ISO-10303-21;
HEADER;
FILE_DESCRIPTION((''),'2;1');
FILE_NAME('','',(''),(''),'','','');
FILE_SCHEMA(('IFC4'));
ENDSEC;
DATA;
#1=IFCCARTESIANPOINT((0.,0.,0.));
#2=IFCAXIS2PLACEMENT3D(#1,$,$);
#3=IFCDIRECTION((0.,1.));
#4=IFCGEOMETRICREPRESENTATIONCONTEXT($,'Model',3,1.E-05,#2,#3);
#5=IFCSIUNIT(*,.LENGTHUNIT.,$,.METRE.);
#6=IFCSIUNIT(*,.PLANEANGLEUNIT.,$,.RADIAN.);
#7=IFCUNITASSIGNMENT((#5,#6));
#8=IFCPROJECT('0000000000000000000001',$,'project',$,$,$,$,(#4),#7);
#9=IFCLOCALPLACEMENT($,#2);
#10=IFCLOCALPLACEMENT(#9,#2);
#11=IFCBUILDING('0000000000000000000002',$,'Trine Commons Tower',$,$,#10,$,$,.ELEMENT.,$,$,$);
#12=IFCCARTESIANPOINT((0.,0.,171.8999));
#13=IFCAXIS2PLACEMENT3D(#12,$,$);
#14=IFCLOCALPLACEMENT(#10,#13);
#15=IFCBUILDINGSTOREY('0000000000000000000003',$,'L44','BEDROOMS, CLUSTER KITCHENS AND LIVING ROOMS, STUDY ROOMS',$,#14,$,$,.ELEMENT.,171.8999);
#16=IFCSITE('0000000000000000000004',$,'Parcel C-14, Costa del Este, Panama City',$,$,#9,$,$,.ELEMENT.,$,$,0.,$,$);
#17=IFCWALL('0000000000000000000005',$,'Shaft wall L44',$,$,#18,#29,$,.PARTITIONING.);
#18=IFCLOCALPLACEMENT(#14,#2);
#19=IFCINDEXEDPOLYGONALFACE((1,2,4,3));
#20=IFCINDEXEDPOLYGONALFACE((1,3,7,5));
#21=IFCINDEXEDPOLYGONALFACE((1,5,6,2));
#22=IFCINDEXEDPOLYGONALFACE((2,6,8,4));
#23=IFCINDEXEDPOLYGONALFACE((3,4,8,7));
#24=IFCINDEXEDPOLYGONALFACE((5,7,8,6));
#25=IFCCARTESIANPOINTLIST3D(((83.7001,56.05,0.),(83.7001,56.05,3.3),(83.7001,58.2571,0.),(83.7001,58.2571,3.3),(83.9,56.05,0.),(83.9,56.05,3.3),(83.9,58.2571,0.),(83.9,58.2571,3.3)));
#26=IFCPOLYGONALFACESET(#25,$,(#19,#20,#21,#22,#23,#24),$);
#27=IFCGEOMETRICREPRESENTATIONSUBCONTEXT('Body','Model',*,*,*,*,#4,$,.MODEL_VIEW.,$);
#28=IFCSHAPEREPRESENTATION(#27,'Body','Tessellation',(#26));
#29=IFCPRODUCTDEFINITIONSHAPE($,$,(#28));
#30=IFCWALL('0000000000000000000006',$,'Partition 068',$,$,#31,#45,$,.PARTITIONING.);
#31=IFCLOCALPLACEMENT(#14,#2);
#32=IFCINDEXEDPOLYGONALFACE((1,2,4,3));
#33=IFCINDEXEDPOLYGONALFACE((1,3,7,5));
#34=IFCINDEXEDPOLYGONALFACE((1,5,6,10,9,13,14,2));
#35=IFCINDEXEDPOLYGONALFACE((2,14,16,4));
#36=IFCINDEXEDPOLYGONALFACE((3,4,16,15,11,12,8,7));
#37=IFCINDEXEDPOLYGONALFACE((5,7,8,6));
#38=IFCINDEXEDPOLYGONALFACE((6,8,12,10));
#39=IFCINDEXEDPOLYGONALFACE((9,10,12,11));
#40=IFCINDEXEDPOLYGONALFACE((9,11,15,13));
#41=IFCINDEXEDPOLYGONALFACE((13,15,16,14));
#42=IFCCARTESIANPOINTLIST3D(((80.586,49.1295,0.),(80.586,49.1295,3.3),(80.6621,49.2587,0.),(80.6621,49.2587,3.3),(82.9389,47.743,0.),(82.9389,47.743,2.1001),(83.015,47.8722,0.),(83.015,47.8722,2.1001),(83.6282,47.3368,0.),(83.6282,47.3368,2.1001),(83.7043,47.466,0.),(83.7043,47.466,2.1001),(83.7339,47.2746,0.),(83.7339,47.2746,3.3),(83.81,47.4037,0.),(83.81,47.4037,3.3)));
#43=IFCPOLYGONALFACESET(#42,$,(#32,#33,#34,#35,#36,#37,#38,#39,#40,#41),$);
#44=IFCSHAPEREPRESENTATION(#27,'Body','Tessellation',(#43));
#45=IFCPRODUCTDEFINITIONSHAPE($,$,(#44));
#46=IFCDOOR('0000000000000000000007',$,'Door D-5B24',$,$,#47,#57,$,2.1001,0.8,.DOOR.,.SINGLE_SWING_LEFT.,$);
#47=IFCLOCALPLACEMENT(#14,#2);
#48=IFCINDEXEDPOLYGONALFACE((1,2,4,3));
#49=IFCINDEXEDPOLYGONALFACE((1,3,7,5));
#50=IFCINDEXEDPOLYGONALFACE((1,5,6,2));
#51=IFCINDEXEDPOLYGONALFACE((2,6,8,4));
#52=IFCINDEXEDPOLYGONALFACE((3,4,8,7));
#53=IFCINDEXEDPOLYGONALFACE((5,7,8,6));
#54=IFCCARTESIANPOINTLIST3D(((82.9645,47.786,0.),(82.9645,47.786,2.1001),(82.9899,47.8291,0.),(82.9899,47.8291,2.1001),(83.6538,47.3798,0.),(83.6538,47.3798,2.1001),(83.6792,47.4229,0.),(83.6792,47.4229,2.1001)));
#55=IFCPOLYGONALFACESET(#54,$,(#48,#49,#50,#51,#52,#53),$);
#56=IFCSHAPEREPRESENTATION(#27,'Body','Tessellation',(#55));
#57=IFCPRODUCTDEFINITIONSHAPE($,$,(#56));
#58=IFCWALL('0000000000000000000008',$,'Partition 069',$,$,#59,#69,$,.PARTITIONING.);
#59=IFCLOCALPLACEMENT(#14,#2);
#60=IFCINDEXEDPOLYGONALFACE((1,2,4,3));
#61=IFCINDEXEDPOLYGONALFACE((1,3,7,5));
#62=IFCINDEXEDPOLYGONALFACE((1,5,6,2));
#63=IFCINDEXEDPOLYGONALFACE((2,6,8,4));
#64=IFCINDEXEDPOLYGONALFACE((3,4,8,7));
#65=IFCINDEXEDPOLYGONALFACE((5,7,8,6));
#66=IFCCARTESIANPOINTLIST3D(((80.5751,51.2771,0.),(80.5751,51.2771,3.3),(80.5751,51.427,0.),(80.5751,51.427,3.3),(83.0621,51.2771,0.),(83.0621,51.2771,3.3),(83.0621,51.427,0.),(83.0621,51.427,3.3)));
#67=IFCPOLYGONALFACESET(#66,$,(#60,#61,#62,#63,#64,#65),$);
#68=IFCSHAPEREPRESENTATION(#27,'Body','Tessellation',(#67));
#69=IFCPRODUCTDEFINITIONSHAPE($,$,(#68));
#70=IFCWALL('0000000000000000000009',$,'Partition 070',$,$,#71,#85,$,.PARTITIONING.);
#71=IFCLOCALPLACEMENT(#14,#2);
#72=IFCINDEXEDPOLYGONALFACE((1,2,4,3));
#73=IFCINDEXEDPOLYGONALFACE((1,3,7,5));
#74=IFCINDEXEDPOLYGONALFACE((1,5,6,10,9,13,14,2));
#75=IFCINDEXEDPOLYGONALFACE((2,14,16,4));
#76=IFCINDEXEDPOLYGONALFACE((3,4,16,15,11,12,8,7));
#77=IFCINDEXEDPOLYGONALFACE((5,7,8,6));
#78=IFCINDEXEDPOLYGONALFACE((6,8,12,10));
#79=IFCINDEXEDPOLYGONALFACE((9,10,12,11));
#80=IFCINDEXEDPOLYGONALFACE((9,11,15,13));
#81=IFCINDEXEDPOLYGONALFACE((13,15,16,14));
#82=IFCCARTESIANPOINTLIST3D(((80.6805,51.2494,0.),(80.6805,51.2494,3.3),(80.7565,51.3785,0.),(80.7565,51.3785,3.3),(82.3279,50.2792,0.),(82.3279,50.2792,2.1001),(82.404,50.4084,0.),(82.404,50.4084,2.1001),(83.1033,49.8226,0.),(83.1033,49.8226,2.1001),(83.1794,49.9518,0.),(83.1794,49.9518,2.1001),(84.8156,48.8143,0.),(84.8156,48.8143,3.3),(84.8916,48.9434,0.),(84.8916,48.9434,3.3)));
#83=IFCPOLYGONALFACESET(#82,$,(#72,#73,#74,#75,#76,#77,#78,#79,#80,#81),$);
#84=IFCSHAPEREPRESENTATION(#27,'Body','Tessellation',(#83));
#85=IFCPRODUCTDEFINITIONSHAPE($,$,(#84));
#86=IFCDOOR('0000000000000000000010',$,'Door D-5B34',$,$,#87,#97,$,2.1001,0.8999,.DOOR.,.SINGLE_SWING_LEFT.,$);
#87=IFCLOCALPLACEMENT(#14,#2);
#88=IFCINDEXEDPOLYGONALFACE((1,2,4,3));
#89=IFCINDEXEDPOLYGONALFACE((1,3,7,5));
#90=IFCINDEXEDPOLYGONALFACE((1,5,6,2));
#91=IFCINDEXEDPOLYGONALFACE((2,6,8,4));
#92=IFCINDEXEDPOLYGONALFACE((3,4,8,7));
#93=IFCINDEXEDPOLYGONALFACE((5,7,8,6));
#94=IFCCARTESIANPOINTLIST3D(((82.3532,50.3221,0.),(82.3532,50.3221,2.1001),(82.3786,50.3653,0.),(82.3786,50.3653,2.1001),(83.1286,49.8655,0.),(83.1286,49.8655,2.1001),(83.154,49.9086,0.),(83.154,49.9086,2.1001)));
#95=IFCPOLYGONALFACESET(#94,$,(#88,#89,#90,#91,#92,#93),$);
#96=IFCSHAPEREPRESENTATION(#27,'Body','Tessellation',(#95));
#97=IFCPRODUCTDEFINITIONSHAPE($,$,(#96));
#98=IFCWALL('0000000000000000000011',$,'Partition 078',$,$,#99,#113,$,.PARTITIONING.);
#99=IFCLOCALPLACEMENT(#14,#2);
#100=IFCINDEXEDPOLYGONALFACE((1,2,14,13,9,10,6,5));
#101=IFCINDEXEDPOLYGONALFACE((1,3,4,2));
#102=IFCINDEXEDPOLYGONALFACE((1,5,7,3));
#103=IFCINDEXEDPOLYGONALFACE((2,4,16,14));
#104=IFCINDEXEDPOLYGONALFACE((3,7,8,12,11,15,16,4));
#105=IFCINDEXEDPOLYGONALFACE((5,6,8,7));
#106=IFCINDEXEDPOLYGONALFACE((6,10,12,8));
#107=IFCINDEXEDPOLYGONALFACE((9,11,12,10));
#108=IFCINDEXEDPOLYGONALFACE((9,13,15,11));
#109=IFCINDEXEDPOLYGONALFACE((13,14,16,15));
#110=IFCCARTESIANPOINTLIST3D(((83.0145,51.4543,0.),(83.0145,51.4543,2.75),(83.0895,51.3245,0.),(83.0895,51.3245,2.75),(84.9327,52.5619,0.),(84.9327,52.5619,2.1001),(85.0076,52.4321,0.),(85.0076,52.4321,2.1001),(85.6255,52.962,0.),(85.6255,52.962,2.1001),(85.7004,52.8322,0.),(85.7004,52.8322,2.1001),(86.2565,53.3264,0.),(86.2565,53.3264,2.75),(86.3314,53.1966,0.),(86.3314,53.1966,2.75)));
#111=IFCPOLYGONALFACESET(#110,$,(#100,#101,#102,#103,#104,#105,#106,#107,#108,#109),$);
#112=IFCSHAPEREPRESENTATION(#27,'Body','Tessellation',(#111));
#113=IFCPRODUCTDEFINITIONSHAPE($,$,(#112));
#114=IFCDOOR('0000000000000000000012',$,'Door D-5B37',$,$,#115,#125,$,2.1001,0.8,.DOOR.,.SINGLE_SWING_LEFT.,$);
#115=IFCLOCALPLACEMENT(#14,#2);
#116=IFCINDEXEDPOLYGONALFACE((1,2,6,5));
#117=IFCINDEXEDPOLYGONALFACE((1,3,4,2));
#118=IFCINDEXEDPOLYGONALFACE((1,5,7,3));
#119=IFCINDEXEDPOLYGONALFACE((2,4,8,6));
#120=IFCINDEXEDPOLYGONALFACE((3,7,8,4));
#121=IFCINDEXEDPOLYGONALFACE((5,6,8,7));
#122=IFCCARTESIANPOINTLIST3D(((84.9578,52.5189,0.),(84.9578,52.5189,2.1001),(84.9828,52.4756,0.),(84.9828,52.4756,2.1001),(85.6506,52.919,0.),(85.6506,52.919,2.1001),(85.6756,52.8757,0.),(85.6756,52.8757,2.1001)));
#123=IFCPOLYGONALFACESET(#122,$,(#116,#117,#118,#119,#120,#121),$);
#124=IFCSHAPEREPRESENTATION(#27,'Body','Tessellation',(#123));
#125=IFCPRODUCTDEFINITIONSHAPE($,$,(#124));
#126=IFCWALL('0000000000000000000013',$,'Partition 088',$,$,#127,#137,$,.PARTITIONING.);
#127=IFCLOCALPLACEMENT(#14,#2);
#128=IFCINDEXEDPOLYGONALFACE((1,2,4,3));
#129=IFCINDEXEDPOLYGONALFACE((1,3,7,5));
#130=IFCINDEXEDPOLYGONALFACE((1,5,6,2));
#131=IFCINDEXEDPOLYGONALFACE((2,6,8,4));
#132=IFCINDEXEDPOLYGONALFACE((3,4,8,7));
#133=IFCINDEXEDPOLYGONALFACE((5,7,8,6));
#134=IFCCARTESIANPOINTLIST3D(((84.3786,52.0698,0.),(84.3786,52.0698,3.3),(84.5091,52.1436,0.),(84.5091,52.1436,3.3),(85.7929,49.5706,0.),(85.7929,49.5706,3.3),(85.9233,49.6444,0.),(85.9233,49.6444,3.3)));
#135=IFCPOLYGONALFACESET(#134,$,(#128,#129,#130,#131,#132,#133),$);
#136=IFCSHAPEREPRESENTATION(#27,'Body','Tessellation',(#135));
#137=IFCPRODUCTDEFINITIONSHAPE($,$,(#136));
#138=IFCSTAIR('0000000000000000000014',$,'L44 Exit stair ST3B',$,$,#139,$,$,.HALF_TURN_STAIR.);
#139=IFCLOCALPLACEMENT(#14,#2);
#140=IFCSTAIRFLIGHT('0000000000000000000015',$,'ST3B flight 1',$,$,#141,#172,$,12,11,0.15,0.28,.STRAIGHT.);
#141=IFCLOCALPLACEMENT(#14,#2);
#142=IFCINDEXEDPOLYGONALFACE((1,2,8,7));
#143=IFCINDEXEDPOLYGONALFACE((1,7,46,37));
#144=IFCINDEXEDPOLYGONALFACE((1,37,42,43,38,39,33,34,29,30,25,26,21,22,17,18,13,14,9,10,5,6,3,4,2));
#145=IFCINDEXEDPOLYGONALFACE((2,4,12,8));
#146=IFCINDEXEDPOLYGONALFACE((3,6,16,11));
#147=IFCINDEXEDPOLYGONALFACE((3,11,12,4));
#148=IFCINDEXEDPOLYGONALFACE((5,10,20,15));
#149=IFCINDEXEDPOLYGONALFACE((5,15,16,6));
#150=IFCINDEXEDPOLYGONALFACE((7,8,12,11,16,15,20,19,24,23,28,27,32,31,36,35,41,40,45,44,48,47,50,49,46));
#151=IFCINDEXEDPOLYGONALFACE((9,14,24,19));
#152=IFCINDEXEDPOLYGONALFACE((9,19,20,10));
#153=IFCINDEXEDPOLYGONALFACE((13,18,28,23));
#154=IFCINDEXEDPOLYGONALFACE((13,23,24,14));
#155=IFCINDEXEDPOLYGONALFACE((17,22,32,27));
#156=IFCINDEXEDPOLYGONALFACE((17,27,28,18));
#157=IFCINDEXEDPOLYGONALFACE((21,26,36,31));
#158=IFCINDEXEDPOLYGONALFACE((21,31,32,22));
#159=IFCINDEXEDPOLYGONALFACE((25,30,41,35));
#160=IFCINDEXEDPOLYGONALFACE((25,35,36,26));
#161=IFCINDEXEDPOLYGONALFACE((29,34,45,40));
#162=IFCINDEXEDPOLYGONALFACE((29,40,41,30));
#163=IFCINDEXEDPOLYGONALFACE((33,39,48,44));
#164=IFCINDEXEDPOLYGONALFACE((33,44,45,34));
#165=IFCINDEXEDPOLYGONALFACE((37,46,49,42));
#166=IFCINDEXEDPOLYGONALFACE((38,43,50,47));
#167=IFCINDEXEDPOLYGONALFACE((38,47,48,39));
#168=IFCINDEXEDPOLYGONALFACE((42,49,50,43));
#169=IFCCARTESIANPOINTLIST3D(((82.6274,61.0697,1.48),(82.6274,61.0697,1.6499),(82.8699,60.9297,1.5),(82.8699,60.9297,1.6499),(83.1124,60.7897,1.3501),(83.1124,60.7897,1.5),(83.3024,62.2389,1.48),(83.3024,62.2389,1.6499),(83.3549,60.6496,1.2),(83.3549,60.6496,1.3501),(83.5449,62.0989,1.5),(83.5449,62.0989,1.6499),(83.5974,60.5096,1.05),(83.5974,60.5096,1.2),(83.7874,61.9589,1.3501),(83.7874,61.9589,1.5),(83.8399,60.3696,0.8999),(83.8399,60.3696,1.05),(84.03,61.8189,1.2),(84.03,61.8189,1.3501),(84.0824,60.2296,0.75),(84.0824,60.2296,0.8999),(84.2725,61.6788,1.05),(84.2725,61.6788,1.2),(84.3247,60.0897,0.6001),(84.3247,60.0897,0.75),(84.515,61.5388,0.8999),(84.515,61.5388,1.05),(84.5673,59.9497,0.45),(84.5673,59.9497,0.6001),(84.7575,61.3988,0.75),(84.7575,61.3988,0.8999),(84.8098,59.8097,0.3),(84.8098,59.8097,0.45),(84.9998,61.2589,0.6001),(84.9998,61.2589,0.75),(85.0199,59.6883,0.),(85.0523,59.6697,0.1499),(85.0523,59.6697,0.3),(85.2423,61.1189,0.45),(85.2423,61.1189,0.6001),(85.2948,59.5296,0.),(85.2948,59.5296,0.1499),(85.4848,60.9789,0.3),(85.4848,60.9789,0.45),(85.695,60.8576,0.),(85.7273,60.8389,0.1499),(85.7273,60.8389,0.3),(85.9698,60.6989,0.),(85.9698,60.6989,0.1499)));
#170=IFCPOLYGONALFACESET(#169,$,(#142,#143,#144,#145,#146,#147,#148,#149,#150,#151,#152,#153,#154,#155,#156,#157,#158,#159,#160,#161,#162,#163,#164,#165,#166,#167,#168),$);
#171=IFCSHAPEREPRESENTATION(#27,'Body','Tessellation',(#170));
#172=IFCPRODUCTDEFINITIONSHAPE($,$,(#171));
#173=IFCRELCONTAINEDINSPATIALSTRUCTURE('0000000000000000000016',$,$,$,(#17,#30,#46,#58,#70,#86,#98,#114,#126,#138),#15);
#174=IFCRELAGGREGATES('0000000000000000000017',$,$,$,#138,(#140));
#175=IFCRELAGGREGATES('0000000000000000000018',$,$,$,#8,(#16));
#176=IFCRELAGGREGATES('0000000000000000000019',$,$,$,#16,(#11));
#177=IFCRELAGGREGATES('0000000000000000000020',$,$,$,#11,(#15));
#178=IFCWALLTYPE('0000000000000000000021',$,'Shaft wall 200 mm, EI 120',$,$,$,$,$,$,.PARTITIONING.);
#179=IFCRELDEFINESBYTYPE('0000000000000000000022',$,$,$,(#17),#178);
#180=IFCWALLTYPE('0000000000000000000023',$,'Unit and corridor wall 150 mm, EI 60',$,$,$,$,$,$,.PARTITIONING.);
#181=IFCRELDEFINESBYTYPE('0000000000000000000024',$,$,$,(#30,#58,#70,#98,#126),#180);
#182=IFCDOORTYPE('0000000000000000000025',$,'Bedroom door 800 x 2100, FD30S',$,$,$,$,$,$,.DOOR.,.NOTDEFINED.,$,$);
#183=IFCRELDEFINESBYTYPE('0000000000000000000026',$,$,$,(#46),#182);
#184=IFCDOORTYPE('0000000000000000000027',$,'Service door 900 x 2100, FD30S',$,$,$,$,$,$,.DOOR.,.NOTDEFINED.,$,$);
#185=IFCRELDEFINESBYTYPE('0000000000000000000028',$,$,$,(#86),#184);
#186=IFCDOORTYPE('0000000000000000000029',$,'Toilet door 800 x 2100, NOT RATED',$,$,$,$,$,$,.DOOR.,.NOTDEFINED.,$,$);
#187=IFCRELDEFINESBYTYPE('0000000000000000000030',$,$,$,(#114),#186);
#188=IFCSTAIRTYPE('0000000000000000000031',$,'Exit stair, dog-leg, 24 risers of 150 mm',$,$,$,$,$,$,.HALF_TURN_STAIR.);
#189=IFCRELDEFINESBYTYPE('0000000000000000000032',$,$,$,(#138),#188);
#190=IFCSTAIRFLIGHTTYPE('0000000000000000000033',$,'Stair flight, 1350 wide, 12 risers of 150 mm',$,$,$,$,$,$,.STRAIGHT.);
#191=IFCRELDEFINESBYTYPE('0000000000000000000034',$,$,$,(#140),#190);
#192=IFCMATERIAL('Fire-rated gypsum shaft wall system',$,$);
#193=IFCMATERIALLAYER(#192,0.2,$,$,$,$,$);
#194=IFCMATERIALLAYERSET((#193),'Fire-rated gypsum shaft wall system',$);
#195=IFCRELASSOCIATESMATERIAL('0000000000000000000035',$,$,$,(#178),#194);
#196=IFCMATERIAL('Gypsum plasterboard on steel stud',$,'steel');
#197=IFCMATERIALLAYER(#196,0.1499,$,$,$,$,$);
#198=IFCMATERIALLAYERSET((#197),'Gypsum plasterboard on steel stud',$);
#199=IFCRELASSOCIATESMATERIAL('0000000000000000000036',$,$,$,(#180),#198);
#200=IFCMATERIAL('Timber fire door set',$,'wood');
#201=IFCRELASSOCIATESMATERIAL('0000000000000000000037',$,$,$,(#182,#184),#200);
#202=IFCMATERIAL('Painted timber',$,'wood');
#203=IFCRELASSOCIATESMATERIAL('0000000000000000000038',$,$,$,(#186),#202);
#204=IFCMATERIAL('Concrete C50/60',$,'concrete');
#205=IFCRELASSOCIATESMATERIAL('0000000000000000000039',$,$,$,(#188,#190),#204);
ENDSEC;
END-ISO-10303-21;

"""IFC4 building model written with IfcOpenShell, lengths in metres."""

from ifc_helpers import new_model, si_unit, direction, frame, frame_2d, origin, place, context, subcontext, project, spatial, polyline, rectangle, outline, extrude, material, layer, layer_set, type_object, element, fill, aggregate, save


model = new_model("IFC4")

# Units and contexts
model_context = context("Model", 3, precision=1e-05, world=origin(), true_north=direction((0.0, 1.0)))
body_context = subcontext(model_context, "Body", "Model", "MODEL_VIEW")
ifc_project = project(units=[si_unit("LENGTHUNIT", "METRE"), si_unit("PLANEANGLEUNIT", "RADIAN")], contexts=[model_context])

# Site, building, storey
site_placement = place(None, origin())
site = spatial("IfcSite", under=ifc_project, at=site_placement, Name="Parcel C-14, Costa del Este, Panama City", CompositionType="ELEMENT", RefElevation=0.0)
building_placement = place(site_placement, origin())
building = spatial("IfcBuilding", under=site, at=building_placement, Name="Trine Commons Tower", CompositionType="ELEMENT")
storey_placement = place(building_placement, frame((0.0, 0.0, 171.8999)))
storey = spatial("IfcBuildingStorey", under=building, at=storey_placement, Name="L44", Description="BEDROOMS, CLUSTER KITCHENS AND LIVING ROOMS, STUDY ROOMS", CompositionType="ELEMENT", Elevation=171.8999)

# Wall
ifc_material_1 = material(Name="Fire-rated gypsum shaft wall system")
ifc_layer_1 = layer(ifc_material_1, 0.2)
ifc_layer_set_1 = layer_set([ifc_layer_1], Name="Fire-rated gypsum shaft wall system")
wall_type_1 = type_object("IfcWallType", Name="Shaft wall 200 mm, EI 120", PredefinedType="PARTITIONING", material=ifc_layer_set_1)
wall_1_placement = place(storey_placement, frame((83.8, 58.2571, 0.0), z_axis=(0.0, 0.0, 1.0), x_axis=(0.0, -1.0, 0.0)))
element("IfcWall", 1, at=wall_1_placement, inside=storey, type_object=wall_type_1, Name="Shaft wall L44", PredefinedType="PARTITIONING", context=body_context, shape_type="SweptSolid", body=[
    extrude(rectangle(XDim=2.207, YDim=0.2, at=frame_2d((1.1035, 0.0))), origin(), (0.0, 0.0, 1.0), 3.3),
])

# Wall, opening, door
ifc_material_2 = material(Name="Gypsum plasterboard on steel stud", Category="steel")
ifc_layer_2 = layer(ifc_material_2, 0.1499)
ifc_layer_set_2 = layer_set([ifc_layer_2], Name="Gypsum plasterboard on steel stud")
wall_type_2 = type_object("IfcWallType", Name="Unit and corridor wall 150 mm, EI 60", PredefinedType="PARTITIONING", material=ifc_layer_set_2)
wall_2_placement = place(storey_placement, frame((80.624, 49.1941, 0.0), z_axis=(0.0, 0.0, 1.0), x_axis=(0.861546, -0.50768, 0.0)))
wall_2 = element("IfcWall", 2, at=wall_2_placement, inside=storey, type_object=wall_type_2, Name="Partition 068", PredefinedType="PARTITIONING", context=body_context, shape_type="SweptSolid", body=[
    extrude(rectangle(XDim=3.6538, YDim=0.1499, at=frame_2d((1.8269, 0.0))), origin(), (0.0, 0.0, 1.0), 3.3),
])
opening_1_placement = place(wall_2_placement, frame((2.7312, 0.0, 0.0)))
opening_1 = element("IfcOpeningElement", 3, at=opening_1_placement, cuts=wall_2, PredefinedType="OPENING", context=body_context, shape_type="SweptSolid", body=[
    extrude(rectangle(XDim=0.8, YDim=2.1001, at=frame_2d((0.3999, 1.05))), frame((0.0, 0.085, 0.0), z_axis=(0.0, -1.0, 0.0), x_axis=(1.0, 0.0, 0.0)), (0.0, 0.0, 1.0), 0.1699),
])
ifc_material_3 = material(Name="Timber fire door set", Category="wood")
door_type_1 = type_object("IfcDoorType", Name="Bedroom door 800 x 2100, FD30S", OperationType="NOTDEFINED", PredefinedType="DOOR", material=ifc_material_3)
door_1_placement = place(opening_1_placement, frame((0.8, 0.0, 0.0), z_axis=(0.0, 0.0, 1.0), x_axis=(-1.0, 0.0, 0.0)))
door_1 = element("IfcDoor", 4, at=door_1_placement, inside=storey, type_object=door_type_1, Name="Door D-5B24", OperationType="SINGLE_SWING_LEFT", OverallHeight=2.1001, OverallWidth=0.8, PredefinedType="DOOR", context=body_context, shape_type="SweptSolid", body=[
    extrude(rectangle(XDim=0.8, YDim=2.1001, at=frame_2d((0.3999, 1.05))), frame((0.0, 0.0249, 0.0), z_axis=(0.0, -1.0, 0.0), x_axis=(1.0, 0.0, 0.0)), (0.0, 0.0, 1.0), 0.05),
])
fill(opening_1, door_1)

# Wall
wall_3_placement = place(storey_placement, frame((80.575, 51.3521, 0.0), z_axis=(0.0, 0.0, 1.0), x_axis=(1.0, 0.0, 0.0)))
element("IfcWall", 5, at=wall_3_placement, inside=storey, type_object=wall_type_2, Name="Partition 069", PredefinedType="PARTITIONING", context=body_context, shape_type="SweptSolid", body=[
    extrude(rectangle(XDim=2.4871, YDim=0.1499, at=frame_2d((1.2437, 0.0))), origin(), (0.0, 0.0, 1.0), 3.3),
])

# Walls, openings, doors
wall_4_placement = place(storey_placement, frame((80.7185, 51.314, 0.0), z_axis=(0.0, 0.0, 1.0), x_axis=(0.861688, -0.507438, 0.0)))
wall_4 = element("IfcWall", 6, at=wall_4_placement, inside=storey, type_object=wall_type_2, Name="Partition 070", PredefinedType="PARTITIONING", context=body_context, shape_type="SweptSolid", body=[
    extrude(rectangle(XDim=4.7988, YDim=0.1499, at=frame_2d((2.3994, 0.0))), origin(), (0.0, 0.0, 1.0), 3.3),
])
opening_2_placement = place(wall_4_placement, frame((1.9119, 0.0, 0.0)))
opening_2 = element("IfcOpeningElement", 7, at=opening_2_placement, cuts=wall_4, PredefinedType="OPENING", context=body_context, shape_type="SweptSolid", body=[
    extrude(rectangle(XDim=0.8999, YDim=2.1001, at=frame_2d((0.45, 1.05))), frame((0.0, 0.085, 0.0), z_axis=(0.0, -1.0, 0.0), x_axis=(1.0, 0.0, 0.0)), (0.0, 0.0, 1.0), 0.1699),
])
door_type_2 = type_object("IfcDoorType", Name="Service door 900 x 2100, FD30S", OperationType="NOTDEFINED", PredefinedType="DOOR", material=ifc_material_3)
door_2_placement = place(opening_2_placement, origin())
door_2 = element("IfcDoor", 8, at=door_2_placement, inside=storey, type_object=door_type_2, Name="Door D-5B34", OperationType="SINGLE_SWING_LEFT", OverallHeight=2.1001, OverallWidth=0.8999, PredefinedType="DOOR", context=body_context, shape_type="SweptSolid", body=[
    extrude(rectangle(XDim=0.8999, YDim=2.1001, at=frame_2d((0.45, 1.05))), frame((0.0, 0.0249, 0.0), z_axis=(0.0, -1.0, 0.0), x_axis=(1.0, 0.0, 0.0)), (0.0, 0.0, 1.0), 0.05),
])
fill(opening_2, door_2)
wall_5_placement = place(storey_placement, frame((83.052, 51.3894, 0.0), z_axis=(0.0, 0.0, 1.0), x_axis=(0.865987, 0.500067, 0.0)))
wall_5 = element("IfcWall", 9, at=wall_5_placement, inside=storey, type_object=wall_type_2, Name="Partition 078", PredefinedType="PARTITIONING", context=body_context, shape_type="SweptSolid", body=[
    extrude(rectangle(XDim=3.7437, YDim=0.1499, at=frame_2d((1.8718, 0.0))), origin(), (0.0, 0.0, 1.0), 2.75),
])
opening_3_placement = place(wall_5_placement, frame((2.2151, 0.0, 0.0)))
opening_3 = element("IfcOpeningElement", 10, at=opening_3_placement, cuts=wall_5, PredefinedType="OPENING", context=body_context, shape_type="SweptSolid", body=[
    extrude(rectangle(XDim=0.8, YDim=2.1001, at=frame_2d((0.3999, 1.05))), frame((0.0, 0.085, 0.0), z_axis=(0.0, -1.0, 0.0), x_axis=(1.0, 0.0, 0.0)), (0.0, 0.0, 1.0), 0.1699),
])
ifc_material_4 = material(Name="Painted timber", Category="wood")
door_type_3 = type_object("IfcDoorType", Name="Toilet door 800 x 2100, NOT RATED", OperationType="NOTDEFINED", PredefinedType="DOOR", material=ifc_material_4)
door_3_placement = place(opening_3_placement, frame((0.8, 0.0, 0.0), z_axis=(0.0, 0.0, 1.0), x_axis=(-1.0, 0.0, 0.0)))
door_3 = element("IfcDoor", 11, at=door_3_placement, inside=storey, type_object=door_type_3, Name="Door D-5B37", OperationType="SINGLE_SWING_LEFT", OverallHeight=2.1001, OverallWidth=0.8, PredefinedType="DOOR", context=body_context, shape_type="SweptSolid", body=[
    extrude(rectangle(XDim=0.8, YDim=2.1001, at=frame_2d((0.3999, 1.05))), frame((0.0, 0.0249, 0.0), z_axis=(0.0, -1.0, 0.0), x_axis=(1.0, 0.0, 0.0)), (0.0, 0.0, 1.0), 0.05),
])
fill(opening_3, door_3)

# Wall
wall_6_placement = place(storey_placement, frame((84.4438, 52.1067, 0.0), z_axis=(0.0, 0.0, 1.0), x_axis=(0.4925, -0.870313, 0.0)))
element("IfcWall", 12, at=wall_6_placement, inside=storey, type_object=wall_type_2, Name="Partition 088", PredefinedType="PARTITIONING", context=body_context, shape_type="SweptSolid", body=[
    extrude(rectangle(XDim=2.8716, YDim=0.1499, at=frame_2d((1.4358, 0.0))), origin(), (0.0, 0.0, 1.0), 3.3),
])

# Stair, stair flight
ifc_material_5 = material(Name="Concrete C50/60", Category="concrete")
stair_type = type_object("IfcStairType", Name="Exit stair, dog-leg, 24 risers of 150 mm", PredefinedType="HALF_TURN_STAIR", material=ifc_material_5)
stair_placement = place(storey_placement, origin())
stair = element("IfcStair", 13, at=stair_placement, inside=storey, type_object=stair_type, Name="L44 Exit stair ST3B", PredefinedType="HALF_TURN_STAIR")
stair_flight_type = type_object("IfcStairFlightType", Name="Stair flight, 1350 wide, 12 risers of 150 mm", PredefinedType="STRAIGHT", material=ifc_material_5)
stair_flight_1_placement = place(storey_placement, frame((85.6323, 60.1143, 0.0), z_axis=(0.0, 0.0, 1.0), x_axis=(-0.866025, 0.5, 0.0)))
stair_flight_1 = element("IfcStairFlight", 14, at=stair_flight_1_placement, type_object=stair_flight_type, Name="ST3B flight 1", NumberOfRisers=12, NumberOfTreads=11, PredefinedType="STRAIGHT", RiserHeight=0.15, TreadLength=0.28, context=body_context, shape_type="SweptSolid", body=[
    extrude(outline(polyline([(0.0, 0.0), (0.0, 0.1499), (0.28, 0.1499), (0.28, 0.3), (0.5601, 0.3), (0.5601, 0.45), (0.8401, 0.45), (0.8401, 0.6001), (1.1201, 0.6001), (1.1201, 0.75), (1.3999, 0.75), (1.3999, 0.8999), (1.6799, 0.8999), (1.6799, 1.05), (1.96, 1.05), (1.96, 1.2), (2.24, 1.2), (2.24, 1.3501), (2.52, 1.3501), (2.52, 1.5), (2.8, 1.5), (2.8, 1.6499), (3.0801, 1.6499), (3.0801, 1.8), (3.0801, 1.48), (0.3174, 0.0), (0.0, 0.0)])), frame((0.0, 0.675, 0.0), z_axis=(0.0, -1.0, 0.0), x_axis=(1.0, 0.0, 0.0)), (0.0, 0.0, 1.0), 1.3501),
])
aggregate(stair, [stair_flight_1])

save(model, "model.ifc")
